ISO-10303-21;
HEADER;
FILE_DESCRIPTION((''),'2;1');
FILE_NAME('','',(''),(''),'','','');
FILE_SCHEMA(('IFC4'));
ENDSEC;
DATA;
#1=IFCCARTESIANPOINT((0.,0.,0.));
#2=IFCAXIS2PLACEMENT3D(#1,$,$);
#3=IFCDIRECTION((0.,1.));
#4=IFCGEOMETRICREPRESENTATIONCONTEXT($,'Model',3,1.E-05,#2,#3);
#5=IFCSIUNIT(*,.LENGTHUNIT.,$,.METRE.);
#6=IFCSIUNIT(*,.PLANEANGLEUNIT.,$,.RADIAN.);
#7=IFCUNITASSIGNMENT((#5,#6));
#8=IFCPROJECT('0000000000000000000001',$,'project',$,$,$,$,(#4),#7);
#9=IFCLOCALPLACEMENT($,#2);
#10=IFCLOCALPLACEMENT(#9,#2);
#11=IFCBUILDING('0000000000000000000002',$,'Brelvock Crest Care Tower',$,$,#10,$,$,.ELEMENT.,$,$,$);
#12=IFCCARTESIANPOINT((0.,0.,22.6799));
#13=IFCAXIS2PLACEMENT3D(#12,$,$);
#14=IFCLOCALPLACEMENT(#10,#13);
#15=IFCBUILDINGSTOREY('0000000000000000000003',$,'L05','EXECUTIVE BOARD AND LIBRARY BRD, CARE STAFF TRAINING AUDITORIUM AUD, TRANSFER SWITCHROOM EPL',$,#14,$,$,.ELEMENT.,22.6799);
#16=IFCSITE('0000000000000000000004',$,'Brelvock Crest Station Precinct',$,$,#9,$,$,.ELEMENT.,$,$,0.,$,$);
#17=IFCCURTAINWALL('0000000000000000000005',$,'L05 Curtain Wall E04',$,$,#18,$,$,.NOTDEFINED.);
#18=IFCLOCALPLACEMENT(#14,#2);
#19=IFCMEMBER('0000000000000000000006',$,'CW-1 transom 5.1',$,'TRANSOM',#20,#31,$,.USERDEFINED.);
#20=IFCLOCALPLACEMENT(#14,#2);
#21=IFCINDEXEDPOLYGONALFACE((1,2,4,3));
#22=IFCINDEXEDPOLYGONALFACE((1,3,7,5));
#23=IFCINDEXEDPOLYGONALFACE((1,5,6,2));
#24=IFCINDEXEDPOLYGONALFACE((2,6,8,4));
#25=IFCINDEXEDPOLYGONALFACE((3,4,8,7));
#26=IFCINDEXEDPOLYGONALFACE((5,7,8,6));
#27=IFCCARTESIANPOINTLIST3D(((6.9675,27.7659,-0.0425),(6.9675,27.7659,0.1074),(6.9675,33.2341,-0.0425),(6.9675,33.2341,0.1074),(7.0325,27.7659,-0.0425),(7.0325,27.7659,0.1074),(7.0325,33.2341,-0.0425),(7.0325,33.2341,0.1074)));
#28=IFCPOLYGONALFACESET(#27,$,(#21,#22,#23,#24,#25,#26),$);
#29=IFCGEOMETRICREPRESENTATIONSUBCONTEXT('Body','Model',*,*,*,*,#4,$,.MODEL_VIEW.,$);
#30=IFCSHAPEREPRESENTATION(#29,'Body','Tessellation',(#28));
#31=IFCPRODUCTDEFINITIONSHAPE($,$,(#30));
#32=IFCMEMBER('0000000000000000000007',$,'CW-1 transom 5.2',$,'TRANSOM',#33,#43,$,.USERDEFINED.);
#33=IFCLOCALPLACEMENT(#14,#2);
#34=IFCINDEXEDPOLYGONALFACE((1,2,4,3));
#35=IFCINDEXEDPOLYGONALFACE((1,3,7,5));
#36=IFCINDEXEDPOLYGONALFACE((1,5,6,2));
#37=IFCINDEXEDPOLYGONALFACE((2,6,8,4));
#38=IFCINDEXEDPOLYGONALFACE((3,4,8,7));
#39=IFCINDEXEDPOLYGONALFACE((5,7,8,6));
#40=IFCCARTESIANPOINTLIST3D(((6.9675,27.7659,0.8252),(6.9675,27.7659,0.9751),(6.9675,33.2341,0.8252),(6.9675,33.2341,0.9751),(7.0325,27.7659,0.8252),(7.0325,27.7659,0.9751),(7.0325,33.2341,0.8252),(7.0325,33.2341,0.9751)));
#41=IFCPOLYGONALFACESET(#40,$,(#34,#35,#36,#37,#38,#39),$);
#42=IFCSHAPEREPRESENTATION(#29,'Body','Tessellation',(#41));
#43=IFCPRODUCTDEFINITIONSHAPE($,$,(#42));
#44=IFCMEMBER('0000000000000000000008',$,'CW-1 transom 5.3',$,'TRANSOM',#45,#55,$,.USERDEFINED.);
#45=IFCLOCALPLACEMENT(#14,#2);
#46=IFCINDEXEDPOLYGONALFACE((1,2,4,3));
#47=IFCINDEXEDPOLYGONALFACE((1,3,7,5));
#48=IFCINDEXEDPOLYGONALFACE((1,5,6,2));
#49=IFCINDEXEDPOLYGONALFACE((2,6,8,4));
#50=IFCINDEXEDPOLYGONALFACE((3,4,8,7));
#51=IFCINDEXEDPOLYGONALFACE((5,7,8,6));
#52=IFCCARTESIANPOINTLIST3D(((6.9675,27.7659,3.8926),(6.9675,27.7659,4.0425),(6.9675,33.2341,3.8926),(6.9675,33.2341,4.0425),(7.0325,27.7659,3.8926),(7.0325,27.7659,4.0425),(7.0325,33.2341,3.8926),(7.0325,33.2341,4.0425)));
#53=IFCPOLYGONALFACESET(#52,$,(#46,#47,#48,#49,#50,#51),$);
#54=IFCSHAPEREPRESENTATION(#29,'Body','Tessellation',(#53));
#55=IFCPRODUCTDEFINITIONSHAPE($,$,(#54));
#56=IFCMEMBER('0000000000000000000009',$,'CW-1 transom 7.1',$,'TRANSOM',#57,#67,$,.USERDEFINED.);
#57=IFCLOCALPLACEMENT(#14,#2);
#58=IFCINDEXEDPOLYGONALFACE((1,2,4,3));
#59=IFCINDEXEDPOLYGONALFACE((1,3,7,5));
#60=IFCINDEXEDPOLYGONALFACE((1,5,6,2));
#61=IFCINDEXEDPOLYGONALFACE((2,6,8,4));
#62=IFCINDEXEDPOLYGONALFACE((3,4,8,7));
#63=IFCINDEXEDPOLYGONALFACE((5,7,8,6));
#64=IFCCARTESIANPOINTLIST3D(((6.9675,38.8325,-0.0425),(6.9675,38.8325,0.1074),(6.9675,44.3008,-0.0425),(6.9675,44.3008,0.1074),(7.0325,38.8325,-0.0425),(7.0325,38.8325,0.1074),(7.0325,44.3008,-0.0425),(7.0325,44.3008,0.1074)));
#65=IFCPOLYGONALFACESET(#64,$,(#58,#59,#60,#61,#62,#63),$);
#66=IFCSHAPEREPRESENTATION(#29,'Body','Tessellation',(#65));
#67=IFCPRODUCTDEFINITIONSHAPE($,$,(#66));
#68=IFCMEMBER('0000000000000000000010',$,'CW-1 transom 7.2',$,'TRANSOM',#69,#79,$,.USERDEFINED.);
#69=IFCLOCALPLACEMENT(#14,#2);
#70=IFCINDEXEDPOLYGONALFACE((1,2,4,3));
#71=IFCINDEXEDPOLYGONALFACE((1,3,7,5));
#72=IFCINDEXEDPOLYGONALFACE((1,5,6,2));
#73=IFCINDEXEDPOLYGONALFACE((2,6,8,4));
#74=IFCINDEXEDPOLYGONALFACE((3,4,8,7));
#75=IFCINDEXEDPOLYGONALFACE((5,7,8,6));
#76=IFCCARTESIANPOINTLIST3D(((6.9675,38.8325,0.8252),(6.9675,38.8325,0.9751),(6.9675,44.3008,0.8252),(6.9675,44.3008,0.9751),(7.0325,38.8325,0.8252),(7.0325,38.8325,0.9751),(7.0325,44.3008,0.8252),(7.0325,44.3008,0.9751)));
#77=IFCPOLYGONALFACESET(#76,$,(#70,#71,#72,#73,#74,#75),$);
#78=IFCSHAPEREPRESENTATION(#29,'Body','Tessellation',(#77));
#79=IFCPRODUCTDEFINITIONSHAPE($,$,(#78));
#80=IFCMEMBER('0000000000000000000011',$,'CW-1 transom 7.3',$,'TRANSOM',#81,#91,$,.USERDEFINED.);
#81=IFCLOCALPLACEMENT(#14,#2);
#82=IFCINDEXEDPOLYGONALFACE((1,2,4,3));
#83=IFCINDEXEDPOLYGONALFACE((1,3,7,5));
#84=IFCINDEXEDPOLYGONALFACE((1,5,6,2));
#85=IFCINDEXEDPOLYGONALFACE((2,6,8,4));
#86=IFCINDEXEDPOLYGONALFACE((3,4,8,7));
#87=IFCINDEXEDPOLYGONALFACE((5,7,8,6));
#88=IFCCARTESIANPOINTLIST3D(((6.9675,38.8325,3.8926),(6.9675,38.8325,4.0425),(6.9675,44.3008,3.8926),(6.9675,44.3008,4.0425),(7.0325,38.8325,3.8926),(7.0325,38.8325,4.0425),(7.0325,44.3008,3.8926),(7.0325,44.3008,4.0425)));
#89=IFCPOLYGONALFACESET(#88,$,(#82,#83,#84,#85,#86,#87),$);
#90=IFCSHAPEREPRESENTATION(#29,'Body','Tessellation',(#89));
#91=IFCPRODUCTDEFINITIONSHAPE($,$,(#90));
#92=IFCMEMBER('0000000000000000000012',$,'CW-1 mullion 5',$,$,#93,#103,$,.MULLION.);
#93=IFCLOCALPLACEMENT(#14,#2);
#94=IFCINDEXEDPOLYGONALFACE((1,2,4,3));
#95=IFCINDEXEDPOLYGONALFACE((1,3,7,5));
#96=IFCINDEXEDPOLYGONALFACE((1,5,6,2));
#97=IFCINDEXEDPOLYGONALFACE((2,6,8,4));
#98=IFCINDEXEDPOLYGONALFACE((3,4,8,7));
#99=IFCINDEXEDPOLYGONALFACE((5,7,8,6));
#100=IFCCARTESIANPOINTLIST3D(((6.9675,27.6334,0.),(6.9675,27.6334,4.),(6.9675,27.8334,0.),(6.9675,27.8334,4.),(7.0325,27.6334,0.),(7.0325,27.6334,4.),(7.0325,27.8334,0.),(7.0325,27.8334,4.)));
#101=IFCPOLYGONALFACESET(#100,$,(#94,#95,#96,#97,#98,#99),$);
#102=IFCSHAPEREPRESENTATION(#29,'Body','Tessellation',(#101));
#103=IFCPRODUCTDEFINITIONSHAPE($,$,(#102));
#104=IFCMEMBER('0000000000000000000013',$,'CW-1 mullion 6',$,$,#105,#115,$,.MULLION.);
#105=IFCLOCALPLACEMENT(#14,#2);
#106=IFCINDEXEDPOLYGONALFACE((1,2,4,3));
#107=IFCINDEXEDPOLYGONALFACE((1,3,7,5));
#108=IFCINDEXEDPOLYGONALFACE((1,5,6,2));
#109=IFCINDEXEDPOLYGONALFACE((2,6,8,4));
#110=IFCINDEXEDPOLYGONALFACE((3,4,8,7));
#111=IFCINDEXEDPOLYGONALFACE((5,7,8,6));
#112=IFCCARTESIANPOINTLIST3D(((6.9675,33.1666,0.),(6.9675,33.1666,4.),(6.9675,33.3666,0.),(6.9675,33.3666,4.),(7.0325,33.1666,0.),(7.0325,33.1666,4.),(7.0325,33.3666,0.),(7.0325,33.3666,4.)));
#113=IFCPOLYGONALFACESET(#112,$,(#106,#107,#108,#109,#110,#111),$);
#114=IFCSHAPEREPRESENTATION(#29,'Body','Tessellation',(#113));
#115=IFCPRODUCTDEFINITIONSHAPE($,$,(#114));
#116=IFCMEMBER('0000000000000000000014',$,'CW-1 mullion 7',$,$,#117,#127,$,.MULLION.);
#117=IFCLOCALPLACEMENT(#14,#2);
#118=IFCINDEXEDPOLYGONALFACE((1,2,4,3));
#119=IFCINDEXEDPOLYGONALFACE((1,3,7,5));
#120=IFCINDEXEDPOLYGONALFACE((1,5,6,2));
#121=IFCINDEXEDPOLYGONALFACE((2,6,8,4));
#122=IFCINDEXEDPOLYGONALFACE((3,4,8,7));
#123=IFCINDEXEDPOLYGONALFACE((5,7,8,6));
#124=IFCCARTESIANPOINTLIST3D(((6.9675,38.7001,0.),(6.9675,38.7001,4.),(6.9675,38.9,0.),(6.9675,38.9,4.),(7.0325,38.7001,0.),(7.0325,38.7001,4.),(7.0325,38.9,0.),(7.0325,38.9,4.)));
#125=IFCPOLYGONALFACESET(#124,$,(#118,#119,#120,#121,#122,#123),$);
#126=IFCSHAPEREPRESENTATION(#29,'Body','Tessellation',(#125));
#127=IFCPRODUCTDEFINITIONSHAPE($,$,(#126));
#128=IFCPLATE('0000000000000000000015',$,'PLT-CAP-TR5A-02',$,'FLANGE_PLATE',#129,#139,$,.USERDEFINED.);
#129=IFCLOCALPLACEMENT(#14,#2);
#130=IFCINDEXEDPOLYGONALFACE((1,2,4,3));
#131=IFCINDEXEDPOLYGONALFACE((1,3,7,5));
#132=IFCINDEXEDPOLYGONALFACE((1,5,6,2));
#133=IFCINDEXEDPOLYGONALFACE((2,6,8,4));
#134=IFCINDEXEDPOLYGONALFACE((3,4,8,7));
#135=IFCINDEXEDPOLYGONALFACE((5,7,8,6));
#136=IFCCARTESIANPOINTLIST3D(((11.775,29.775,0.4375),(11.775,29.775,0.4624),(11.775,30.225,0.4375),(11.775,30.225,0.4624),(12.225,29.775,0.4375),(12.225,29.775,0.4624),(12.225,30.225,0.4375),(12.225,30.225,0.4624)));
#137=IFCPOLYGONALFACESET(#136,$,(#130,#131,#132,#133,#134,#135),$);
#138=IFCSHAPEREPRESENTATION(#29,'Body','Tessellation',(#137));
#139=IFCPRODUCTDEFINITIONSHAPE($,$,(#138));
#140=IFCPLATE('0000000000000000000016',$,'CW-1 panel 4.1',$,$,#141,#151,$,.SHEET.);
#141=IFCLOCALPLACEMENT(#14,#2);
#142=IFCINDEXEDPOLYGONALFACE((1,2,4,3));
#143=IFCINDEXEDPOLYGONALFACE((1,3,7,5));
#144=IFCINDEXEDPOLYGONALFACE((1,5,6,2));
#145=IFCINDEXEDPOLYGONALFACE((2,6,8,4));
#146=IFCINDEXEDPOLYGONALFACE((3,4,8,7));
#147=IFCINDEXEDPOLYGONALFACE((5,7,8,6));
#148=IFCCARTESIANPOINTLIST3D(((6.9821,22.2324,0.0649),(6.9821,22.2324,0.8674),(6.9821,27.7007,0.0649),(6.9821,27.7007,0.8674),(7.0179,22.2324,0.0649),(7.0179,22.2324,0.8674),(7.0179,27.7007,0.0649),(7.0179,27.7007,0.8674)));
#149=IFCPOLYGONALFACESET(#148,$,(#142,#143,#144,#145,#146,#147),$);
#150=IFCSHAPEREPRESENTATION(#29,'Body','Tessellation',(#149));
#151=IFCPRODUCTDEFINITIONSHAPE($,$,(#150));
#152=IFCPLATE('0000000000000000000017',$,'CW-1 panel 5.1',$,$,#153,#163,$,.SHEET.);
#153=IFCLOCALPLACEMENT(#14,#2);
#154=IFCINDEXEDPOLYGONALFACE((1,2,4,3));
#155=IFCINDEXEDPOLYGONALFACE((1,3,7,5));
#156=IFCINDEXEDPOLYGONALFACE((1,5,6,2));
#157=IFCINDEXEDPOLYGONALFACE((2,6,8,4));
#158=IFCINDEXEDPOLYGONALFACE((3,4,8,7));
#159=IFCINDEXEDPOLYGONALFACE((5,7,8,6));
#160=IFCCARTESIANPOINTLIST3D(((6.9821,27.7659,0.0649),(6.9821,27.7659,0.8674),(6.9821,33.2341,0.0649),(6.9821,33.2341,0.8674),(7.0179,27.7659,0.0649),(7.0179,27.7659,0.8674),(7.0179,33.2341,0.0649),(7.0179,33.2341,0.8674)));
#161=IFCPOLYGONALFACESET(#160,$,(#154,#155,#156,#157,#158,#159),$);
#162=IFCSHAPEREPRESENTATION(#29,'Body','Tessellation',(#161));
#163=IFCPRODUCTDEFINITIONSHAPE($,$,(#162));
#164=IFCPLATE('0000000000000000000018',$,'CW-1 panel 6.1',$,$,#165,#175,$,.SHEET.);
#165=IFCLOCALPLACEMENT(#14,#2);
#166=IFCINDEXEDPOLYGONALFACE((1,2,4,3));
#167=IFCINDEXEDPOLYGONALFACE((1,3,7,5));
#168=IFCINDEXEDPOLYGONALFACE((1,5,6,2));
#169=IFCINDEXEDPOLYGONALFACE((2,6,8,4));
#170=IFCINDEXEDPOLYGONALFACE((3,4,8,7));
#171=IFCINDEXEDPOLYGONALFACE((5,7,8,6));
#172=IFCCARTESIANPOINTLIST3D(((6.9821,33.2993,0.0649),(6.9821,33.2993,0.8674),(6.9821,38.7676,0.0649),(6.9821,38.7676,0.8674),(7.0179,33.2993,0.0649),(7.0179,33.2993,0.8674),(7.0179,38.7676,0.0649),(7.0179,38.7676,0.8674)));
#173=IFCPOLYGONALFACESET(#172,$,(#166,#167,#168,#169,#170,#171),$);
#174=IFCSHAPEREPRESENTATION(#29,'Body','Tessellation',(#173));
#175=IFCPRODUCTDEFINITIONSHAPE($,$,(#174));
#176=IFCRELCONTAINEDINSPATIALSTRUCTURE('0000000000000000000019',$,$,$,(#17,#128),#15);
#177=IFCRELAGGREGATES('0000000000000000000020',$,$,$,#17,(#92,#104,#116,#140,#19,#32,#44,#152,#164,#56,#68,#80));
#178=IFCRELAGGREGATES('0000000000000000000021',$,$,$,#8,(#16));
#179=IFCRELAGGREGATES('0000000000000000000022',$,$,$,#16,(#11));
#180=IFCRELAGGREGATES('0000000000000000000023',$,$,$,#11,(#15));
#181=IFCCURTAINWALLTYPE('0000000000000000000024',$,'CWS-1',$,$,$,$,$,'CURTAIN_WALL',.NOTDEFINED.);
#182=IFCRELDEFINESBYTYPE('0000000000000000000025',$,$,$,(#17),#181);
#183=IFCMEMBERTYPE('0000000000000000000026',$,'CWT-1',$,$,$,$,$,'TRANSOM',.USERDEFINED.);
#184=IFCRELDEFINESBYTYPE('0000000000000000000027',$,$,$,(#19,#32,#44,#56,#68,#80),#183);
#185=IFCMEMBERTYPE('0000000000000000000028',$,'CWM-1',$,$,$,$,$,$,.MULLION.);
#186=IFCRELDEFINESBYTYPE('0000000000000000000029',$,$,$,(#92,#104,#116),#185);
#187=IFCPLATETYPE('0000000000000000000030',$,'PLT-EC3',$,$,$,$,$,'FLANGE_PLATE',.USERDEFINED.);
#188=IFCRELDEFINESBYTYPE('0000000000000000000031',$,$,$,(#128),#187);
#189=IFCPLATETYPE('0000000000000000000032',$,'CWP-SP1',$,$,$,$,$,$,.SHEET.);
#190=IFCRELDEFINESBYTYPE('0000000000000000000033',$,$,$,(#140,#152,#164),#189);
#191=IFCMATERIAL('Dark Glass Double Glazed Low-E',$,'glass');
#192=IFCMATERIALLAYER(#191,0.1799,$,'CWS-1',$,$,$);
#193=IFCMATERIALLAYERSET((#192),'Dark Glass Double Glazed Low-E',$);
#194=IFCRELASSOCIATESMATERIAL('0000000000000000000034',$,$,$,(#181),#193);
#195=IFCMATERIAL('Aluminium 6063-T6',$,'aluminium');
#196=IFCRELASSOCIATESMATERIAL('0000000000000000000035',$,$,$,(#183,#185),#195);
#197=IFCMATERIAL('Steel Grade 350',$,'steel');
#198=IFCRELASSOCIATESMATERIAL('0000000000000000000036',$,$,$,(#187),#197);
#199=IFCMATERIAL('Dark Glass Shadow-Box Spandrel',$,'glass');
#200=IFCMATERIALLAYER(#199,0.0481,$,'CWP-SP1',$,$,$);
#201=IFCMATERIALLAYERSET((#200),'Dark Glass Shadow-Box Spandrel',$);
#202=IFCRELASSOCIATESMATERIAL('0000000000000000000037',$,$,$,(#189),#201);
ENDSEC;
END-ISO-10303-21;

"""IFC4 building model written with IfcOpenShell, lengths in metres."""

from ifc_helpers import new_model, si_unit, direction, frame, origin, origin_2d, place, context, subcontext, project, spatial, rectangle, extrude, source, transform, mapped, material, layer, layer_set, material_profile, profile_set, type_object, element, aggregate, save


model = new_model("IFC4")

# Units and contexts
model_context = context("Model", 3, precision=1e-05, world=origin(), true_north=direction((0.0, 1.0)))
body_context = subcontext(model_context, "Body", "Model", "MODEL_VIEW")
ifc_project = project(units=[si_unit("LENGTHUNIT", "METRE"), si_unit("PLANEANGLEUNIT", "RADIAN")], contexts=[model_context])

# Site, building, storey
site_placement = place(None, origin())
site = spatial("IfcSite", under=ifc_project, at=site_placement, Name="Brelvock Crest Station Precinct", CompositionType="ELEMENT", RefElevation=0.0)
building_placement = place(site_placement, origin())
building = spatial("IfcBuilding", under=site, at=building_placement, Name="Brelvock Crest Care Tower", CompositionType="ELEMENT")
storey_placement = place(building_placement, frame((0.0, 0.0, 22.6799)))
storey = spatial("IfcBuildingStorey", under=building, at=storey_placement, Name="L05", Description="EXECUTIVE BOARD AND LIBRARY BRD, CARE STAFF TRAINING AUDITORIUM AUD, TRANSFER SWITCHROOM EPL", CompositionType="ELEMENT", Elevation=22.6799)

# Shared definitions
ifc_material_1 = material(Name="Steel Grade 350", Category="steel")

# Curtain wall, members
ifc_material_2 = material(Name="Dark Glass Double Glazed Low-E", Category="glass")
ifc_layer_1 = layer(ifc_material_2, 0.1799, Name="CWS-1")
ifc_layer_set_1 = layer_set([ifc_layer_1], Name="Dark Glass Double Glazed Low-E")
curtain_wall_type = type_object("IfcCurtainWallType", Name="CWS-1", ElementType="CURTAIN_WALL", PredefinedType="NOTDEFINED", material=ifc_layer_set_1)
curtain_wall_placement = place(storey_placement, origin())
curtain_wall = element("IfcCurtainWall", 1, at=curtain_wall_placement, inside=storey, type_object=curtain_wall_type, Name="L05 Curtain Wall E04", PredefinedType="NOTDEFINED")
ifc_material_3 = material(Name="Aluminium 6063-T6", Category="aluminium")
ifc_material_profile_1 = material_profile(ifc_material_3, rectangle(XDim=0.0649, YDim=0.1499, at=origin_2d()), Name="ALU65x150")
ifc_profile_set_1 = profile_set([ifc_material_profile_1], Name="Aluminium 6063-T6")
member_type_1 = type_object("IfcMemberType", Name="CWT-1", ElementType="TRANSOM", PredefinedType="USERDEFINED", material=ifc_profile_set_1)
shared_shape_1 = source(origin(), body_context, "Body", "SweptSolid", [
    extrude(rectangle(XDim=0.0649, YDim=0.1499, at=origin_2d()), origin(), (0.0, 0.0, 1.0), 5.4683),
])
member_1_placement = place(storey_placement, frame((7.0, 27.7659, 0.0325), z_axis=(0.0, 1.0, 0.0), x_axis=(-1.0, 0.0, 0.0)))
member_1 = element("IfcMember", 2, at=member_1_placement, type_object=member_type_1, Name="CW-1 transom 5.1", ObjectType="TRANSOM", PredefinedType="USERDEFINED", context=body_context, shape_type="MappedRepresentation", body=[
    mapped(shared_shape_1, transform((0.0, 0.0, 0.0), x_axis=(1.0, 0.0, 0.0), y_axis=(0.0, 1.0, 0.0), z_axis=(0.0, 0.0, 1.0), scale=1.0)),
])
member_2_placement = place(storey_placement, frame((7.0, 27.7659, 0.9001), z_axis=(0.0, 1.0, 0.0), x_axis=(-1.0, 0.0, 0.0)))
member_2 = element("IfcMember", 3, at=member_2_placement, type_object=member_type_1, Name="CW-1 transom 5.2", ObjectType="TRANSOM", PredefinedType="USERDEFINED", context=body_context, shape_type="MappedRepresentation", body=[
    mapped(shared_shape_1, transform((0.0, 0.0, 0.0), x_axis=(1.0, 0.0, 0.0), y_axis=(0.0, 1.0, 0.0), z_axis=(0.0, 0.0, 1.0), scale=1.0)),
])
member_3_placement = place(storey_placement, frame((7.0, 27.7659, 3.9675), z_axis=(0.0, 1.0, 0.0), x_axis=(-1.0, 0.0, 0.0)))
member_3 = element("IfcMember", 4, at=member_3_placement, type_object=member_type_1, Name="CW-1 transom 5.3", ObjectType="TRANSOM", PredefinedType="USERDEFINED", context=body_context, shape_type="MappedRepresentation", body=[
    mapped(shared_shape_1, transform((0.0, 0.0, 0.0), x_axis=(1.0, 0.0, 0.0), y_axis=(0.0, 1.0, 0.0), z_axis=(0.0, 0.0, 1.0), scale=1.0)),
])
member_4_placement = place(storey_placement, frame((7.0, 38.8325, 0.0325), z_axis=(0.0, 1.0, 0.0), x_axis=(-1.0, 0.0, 0.0)))
member_4 = element("IfcMember", 5, at=member_4_placement, type_object=member_type_1, Name="CW-1 transom 7.1", ObjectType="TRANSOM", PredefinedType="USERDEFINED", context=body_context, shape_type="MappedRepresentation", body=[
    mapped(shared_shape_1, transform((0.0, 0.0, 0.0), x_axis=(1.0, 0.0, 0.0), y_axis=(0.0, 1.0, 0.0), z_axis=(0.0, 0.0, 1.0), scale=1.0)),
])
member_5_placement = place(storey_placement, frame((7.0, 38.8325, 0.9001), z_axis=(0.0, 1.0, 0.0), x_axis=(-1.0, 0.0, 0.0)))
member_5 = element("IfcMember", 6, at=member_5_placement, type_object=member_type_1, Name="CW-1 transom 7.2", ObjectType="TRANSOM", PredefinedType="USERDEFINED", context=body_context, shape_type="MappedRepresentation", body=[
    mapped(shared_shape_1, transform((0.0, 0.0, 0.0), x_axis=(1.0, 0.0, 0.0), y_axis=(0.0, 1.0, 0.0), z_axis=(0.0, 0.0, 1.0), scale=1.0)),
])
member_6_placement = place(storey_placement, frame((7.0, 38.8325, 3.9675), z_axis=(0.0, 1.0, 0.0), x_axis=(-1.0, 0.0, 0.0)))
member_6 = element("IfcMember", 7, at=member_6_placement, type_object=member_type_1, Name="CW-1 transom 7.3", ObjectType="TRANSOM", PredefinedType="USERDEFINED", context=body_context, shape_type="MappedRepresentation", body=[
    mapped(shared_shape_1, transform((0.0, 0.0, 0.0), x_axis=(1.0, 0.0, 0.0), y_axis=(0.0, 1.0, 0.0), z_axis=(0.0, 0.0, 1.0), scale=1.0)),
])
ifc_material_profile_2 = material_profile(ifc_material_3, rectangle(XDim=0.0649, YDim=0.2, at=origin_2d()), Name="ALU65x200")
ifc_profile_set_2 = profile_set([ifc_material_profile_2], Name="Aluminium 6063-T6")
member_type_2 = type_object("IfcMemberType", Name="CWM-1", PredefinedType="MULLION", material=ifc_profile_set_2)
shared_shape_2 = source(origin(), body_context, "Body", "SweptSolid", [
    extrude(rectangle(XDim=0.0649, YDim=0.2, at=origin_2d()), origin(), (0.0, 0.0, 1.0), 4.0),
])
member_7_placement = place(storey_placement, frame((7.0, 27.7334, 0.0), z_axis=(0.0, 0.0, 1.0), x_axis=(-1.0, 0.0, 0.0)))
member_7 = element("IfcMember", 8, at=member_7_placement, type_object=member_type_2, Name="CW-1 mullion 5", PredefinedType="MULLION", context=body_context, shape_type="MappedRepresentation", body=[
    mapped(shared_shape_2, transform((0.0, 0.0, 0.0), x_axis=(1.0, 0.0, 0.0), y_axis=(0.0, 1.0, 0.0), z_axis=(0.0, 0.0, 1.0), scale=1.0)),
])
member_8_placement = place(storey_placement, frame((7.0, 33.2666, 0.0), z_axis=(0.0, 0.0, 1.0), x_axis=(-1.0, 0.0, 0.0)))
member_8 = element("IfcMember", 9, at=member_8_placement, type_object=member_type_2, Name="CW-1 mullion 6", PredefinedType="MULLION", context=body_context, shape_type="MappedRepresentation", body=[
    mapped(shared_shape_2, transform((0.0, 0.0, 0.0), x_axis=(1.0, 0.0, 0.0), y_axis=(0.0, 1.0, 0.0), z_axis=(0.0, 0.0, 1.0), scale=1.0)),
])
member_9_placement = place(storey_placement, frame((7.0, 38.8, 0.0), z_axis=(0.0, 0.0, 1.0), x_axis=(-1.0, 0.0, 0.0)))
member_9 = element("IfcMember", 10, at=member_9_placement, type_object=member_type_2, Name="CW-1 mullion 7", PredefinedType="MULLION", context=body_context, shape_type="MappedRepresentation", body=[
    mapped(shared_shape_2, transform((0.0, 0.0, 0.0), x_axis=(1.0, 0.0, 0.0), y_axis=(0.0, 1.0, 0.0), z_axis=(0.0, 0.0, 1.0), scale=1.0)),
])

# Plates
plate_type_1 = type_object("IfcPlateType", Name="PLT-EC3", ElementType="FLANGE_PLATE", PredefinedType="USERDEFINED", material=ifc_material_1)
shared_shape_3 = source(origin(), body_context, "Body", "SweptSolid", [
    extrude(rectangle(XDim=0.45, YDim=0.45, at=origin_2d()), origin(), (0.0, 0.0, 1.0), 0.0249),
])
plate_1_placement = place(storey_placement, frame((12.0, 30.0, 0.4375), z_axis=(0.0, 0.0, 1.0), x_axis=(1.0, 0.0, 0.0)))
element("IfcPlate", 11, at=plate_1_placement, inside=storey, type_object=plate_type_1, Name="PLT-CAP-TR5A-02", ObjectType="FLANGE_PLATE", PredefinedType="USERDEFINED", context=body_context, shape_type="MappedRepresentation", body=[
    mapped(shared_shape_3, transform((0.0, 0.0, 0.0), x_axis=(1.0, 0.0, 0.0), y_axis=(0.0, 1.0, 0.0), z_axis=(0.0, 0.0, 1.0), scale=1.0)),
])
ifc_material_4 = material(Name="Dark Glass Shadow-Box Spandrel", Category="glass")
ifc_layer_2 = layer(ifc_material_4, 0.0481, Name="CWP-SP1")
ifc_layer_set_2 = layer_set([ifc_layer_2], Name="Dark Glass Shadow-Box Spandrel")
plate_type_2 = type_object("IfcPlateType", Name="CWP-SP1", PredefinedType="SHEET", material=ifc_layer_set_2)
shared_shape_4 = source(origin(), body_context, "Body", "SweptSolid", [
    extrude(rectangle(XDim=5.4683, YDim=0.0359, at=origin_2d()), origin(), (0.0, 0.0, 1.0), 0.8025),
])
plate_2_placement = place(storey_placement, frame((7.0, 24.9666, 0.0649), z_axis=(0.0, 0.0, 1.0), x_axis=(0.0, 1.0, 0.0)))
plate_2 = element("IfcPlate", 12, at=plate_2_placement, type_object=plate_type_2, Name="CW-1 panel 4.1", PredefinedType="SHEET", context=body_context, shape_type="MappedRepresentation", body=[
    mapped(shared_shape_4, transform((0.0, 0.0, 0.0), x_axis=(1.0, 0.0, 0.0), y_axis=(0.0, 1.0, 0.0), z_axis=(0.0, 0.0, 1.0), scale=1.0)),
])
plate_3_placement = place(storey_placement, frame((7.0, 30.5, 0.0649), z_axis=(0.0, 0.0, 1.0), x_axis=(0.0, 1.0, 0.0)))
plate_3 = element("IfcPlate", 13, at=plate_3_placement, type_object=plate_type_2, Name="CW-1 panel 5.1", PredefinedType="SHEET", context=body_context, shape_type="MappedRepresentation", body=[
    mapped(shared_shape_4, transform((0.0, 0.0, 0.0), x_axis=(1.0, 0.0, 0.0), y_axis=(0.0, 1.0, 0.0), z_axis=(0.0, 0.0, 1.0), scale=1.0)),
])
plate_4_placement = place(storey_placement, frame((7.0, 36.0334, 0.0649), z_axis=(0.0, 0.0, 1.0), x_axis=(0.0, 1.0, 0.0)))
plate_4 = element("IfcPlate", 14, at=plate_4_placement, type_object=plate_type_2, Name="CW-1 panel 6.1", PredefinedType="SHEET", context=body_context, shape_type="MappedRepresentation", body=[
    mapped(shared_shape_4, transform((0.0, 0.0, 0.0), x_axis=(1.0, 0.0, 0.0), y_axis=(0.0, 1.0, 0.0), z_axis=(0.0, 0.0, 1.0), scale=1.0)),
])
aggregate(curtain_wall, [member_7, member_8, member_9, plate_2, member_1, member_2, member_3, plate_3, plate_4, member_4, member_5, member_6])

save(model, "model.ifc")
